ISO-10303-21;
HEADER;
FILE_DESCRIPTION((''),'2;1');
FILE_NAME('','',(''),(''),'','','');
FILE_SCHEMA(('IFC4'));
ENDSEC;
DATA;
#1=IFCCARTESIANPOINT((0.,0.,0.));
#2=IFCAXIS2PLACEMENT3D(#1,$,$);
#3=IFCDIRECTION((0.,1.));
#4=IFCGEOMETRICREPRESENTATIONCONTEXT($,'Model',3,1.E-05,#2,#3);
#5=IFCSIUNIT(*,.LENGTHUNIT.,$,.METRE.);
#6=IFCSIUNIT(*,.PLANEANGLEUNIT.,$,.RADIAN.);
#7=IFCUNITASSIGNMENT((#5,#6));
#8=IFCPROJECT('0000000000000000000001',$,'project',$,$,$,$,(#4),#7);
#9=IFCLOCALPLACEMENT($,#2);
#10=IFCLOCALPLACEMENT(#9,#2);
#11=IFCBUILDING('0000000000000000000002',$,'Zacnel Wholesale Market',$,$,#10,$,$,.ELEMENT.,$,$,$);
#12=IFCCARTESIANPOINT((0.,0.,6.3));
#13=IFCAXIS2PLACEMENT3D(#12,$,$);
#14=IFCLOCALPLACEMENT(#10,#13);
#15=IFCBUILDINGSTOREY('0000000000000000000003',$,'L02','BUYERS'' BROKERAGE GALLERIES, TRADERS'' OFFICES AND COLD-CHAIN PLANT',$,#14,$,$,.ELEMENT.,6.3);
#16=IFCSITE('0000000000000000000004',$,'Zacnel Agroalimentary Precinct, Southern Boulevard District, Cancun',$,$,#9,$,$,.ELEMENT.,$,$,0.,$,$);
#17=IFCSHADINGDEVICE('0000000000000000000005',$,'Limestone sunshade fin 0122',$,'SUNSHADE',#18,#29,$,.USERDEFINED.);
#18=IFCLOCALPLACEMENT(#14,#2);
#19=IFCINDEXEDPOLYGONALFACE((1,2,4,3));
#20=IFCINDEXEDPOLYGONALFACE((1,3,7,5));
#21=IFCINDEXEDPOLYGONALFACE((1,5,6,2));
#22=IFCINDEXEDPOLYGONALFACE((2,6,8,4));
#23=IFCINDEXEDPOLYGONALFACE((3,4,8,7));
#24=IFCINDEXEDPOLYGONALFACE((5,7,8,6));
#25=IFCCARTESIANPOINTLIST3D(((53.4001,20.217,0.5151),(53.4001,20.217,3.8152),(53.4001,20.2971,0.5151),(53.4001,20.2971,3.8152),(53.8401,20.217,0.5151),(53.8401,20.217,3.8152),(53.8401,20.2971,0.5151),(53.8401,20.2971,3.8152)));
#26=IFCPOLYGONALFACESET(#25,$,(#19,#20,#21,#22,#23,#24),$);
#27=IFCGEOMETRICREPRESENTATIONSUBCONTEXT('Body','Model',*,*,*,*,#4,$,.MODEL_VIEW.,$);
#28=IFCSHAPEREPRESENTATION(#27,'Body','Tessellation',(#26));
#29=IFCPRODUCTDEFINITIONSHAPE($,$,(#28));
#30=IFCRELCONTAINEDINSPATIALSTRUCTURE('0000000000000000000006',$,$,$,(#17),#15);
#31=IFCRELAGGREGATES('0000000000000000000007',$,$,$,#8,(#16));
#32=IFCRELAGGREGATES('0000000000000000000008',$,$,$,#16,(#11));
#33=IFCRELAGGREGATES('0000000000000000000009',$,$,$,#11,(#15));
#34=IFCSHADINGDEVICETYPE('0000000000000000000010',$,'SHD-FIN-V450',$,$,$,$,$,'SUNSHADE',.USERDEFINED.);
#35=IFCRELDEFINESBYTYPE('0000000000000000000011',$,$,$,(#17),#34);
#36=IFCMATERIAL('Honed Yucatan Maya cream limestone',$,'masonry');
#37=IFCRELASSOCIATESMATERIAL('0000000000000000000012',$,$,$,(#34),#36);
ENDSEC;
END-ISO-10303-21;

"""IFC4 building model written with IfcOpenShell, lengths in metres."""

from ifc_helpers import new_model, si_unit, direction, frame, origin, origin_2d, place, context, subcontext, project, spatial, rectangle, extrude, material, type_object, element, save


model = new_model("IFC4")

# Units and contexts
model_context = context("Model", 3, precision=1e-05, world=origin(), true_north=direction((0.0, 1.0)))
body_context = subcontext(model_context, "Body", "Model", "MODEL_VIEW")
ifc_project = project(units=[si_unit("LENGTHUNIT", "METRE"), si_unit("PLANEANGLEUNIT", "RADIAN")], contexts=[model_context])

# Site, building, storey
site_placement = place(None, origin())
site = spatial("IfcSite", under=ifc_project, at=site_placement, Name="Zacnel Agroalimentary Precinct, Southern Boulevard District, Cancun", CompositionType="ELEMENT", RefElevation=0.0)
building_placement = place(site_placement, origin())
building = spatial("IfcBuilding", under=site, at=building_placement, Name="Zacnel Wholesale Market", CompositionType="ELEMENT")
storey_placement = place(building_placement, frame((0.0, 0.0, 6.3)))
storey = spatial("IfcBuildingStorey", under=building, at=storey_placement, Name="L02", Description="BUYERS' BROKERAGE GALLERIES, TRADERS' OFFICES AND COLD-CHAIN PLANT", CompositionType="ELEMENT", Elevation=6.3)

# Shading device
ifc_material_1 = material(Name="Honed Yucatan Maya cream limestone", Category="masonry")
shading_device_type = type_object("IfcShadingDeviceType", Name="SHD-FIN-V450", ElementType="SUNSHADE", PredefinedType="USERDEFINED", material=ifc_material_1)
for number, where, z_axis, x_axis, name in (
    (1, (53.6201, 20.2571, 0.5151), (0.0, 0.0, 1.0), (0.0, 1.0, 0.0), "Limestone sunshade fin 0122"),
):
    element("IfcShadingDevice", number, at=place(storey_placement, frame(where, z_axis=z_axis, x_axis=x_axis)), inside=storey, type_object=shading_device_type, Name=name, ObjectType="SUNSHADE", PredefinedType="USERDEFINED", context=body_context, shape_type="SweptSolid", body=[
        extrude(rectangle(XDim=0.0801, YDim=0.4399, at=origin_2d()), origin(), (0.0, 0.0, 1.0), 3.3),
    ])

save(model, "model.ifc")
